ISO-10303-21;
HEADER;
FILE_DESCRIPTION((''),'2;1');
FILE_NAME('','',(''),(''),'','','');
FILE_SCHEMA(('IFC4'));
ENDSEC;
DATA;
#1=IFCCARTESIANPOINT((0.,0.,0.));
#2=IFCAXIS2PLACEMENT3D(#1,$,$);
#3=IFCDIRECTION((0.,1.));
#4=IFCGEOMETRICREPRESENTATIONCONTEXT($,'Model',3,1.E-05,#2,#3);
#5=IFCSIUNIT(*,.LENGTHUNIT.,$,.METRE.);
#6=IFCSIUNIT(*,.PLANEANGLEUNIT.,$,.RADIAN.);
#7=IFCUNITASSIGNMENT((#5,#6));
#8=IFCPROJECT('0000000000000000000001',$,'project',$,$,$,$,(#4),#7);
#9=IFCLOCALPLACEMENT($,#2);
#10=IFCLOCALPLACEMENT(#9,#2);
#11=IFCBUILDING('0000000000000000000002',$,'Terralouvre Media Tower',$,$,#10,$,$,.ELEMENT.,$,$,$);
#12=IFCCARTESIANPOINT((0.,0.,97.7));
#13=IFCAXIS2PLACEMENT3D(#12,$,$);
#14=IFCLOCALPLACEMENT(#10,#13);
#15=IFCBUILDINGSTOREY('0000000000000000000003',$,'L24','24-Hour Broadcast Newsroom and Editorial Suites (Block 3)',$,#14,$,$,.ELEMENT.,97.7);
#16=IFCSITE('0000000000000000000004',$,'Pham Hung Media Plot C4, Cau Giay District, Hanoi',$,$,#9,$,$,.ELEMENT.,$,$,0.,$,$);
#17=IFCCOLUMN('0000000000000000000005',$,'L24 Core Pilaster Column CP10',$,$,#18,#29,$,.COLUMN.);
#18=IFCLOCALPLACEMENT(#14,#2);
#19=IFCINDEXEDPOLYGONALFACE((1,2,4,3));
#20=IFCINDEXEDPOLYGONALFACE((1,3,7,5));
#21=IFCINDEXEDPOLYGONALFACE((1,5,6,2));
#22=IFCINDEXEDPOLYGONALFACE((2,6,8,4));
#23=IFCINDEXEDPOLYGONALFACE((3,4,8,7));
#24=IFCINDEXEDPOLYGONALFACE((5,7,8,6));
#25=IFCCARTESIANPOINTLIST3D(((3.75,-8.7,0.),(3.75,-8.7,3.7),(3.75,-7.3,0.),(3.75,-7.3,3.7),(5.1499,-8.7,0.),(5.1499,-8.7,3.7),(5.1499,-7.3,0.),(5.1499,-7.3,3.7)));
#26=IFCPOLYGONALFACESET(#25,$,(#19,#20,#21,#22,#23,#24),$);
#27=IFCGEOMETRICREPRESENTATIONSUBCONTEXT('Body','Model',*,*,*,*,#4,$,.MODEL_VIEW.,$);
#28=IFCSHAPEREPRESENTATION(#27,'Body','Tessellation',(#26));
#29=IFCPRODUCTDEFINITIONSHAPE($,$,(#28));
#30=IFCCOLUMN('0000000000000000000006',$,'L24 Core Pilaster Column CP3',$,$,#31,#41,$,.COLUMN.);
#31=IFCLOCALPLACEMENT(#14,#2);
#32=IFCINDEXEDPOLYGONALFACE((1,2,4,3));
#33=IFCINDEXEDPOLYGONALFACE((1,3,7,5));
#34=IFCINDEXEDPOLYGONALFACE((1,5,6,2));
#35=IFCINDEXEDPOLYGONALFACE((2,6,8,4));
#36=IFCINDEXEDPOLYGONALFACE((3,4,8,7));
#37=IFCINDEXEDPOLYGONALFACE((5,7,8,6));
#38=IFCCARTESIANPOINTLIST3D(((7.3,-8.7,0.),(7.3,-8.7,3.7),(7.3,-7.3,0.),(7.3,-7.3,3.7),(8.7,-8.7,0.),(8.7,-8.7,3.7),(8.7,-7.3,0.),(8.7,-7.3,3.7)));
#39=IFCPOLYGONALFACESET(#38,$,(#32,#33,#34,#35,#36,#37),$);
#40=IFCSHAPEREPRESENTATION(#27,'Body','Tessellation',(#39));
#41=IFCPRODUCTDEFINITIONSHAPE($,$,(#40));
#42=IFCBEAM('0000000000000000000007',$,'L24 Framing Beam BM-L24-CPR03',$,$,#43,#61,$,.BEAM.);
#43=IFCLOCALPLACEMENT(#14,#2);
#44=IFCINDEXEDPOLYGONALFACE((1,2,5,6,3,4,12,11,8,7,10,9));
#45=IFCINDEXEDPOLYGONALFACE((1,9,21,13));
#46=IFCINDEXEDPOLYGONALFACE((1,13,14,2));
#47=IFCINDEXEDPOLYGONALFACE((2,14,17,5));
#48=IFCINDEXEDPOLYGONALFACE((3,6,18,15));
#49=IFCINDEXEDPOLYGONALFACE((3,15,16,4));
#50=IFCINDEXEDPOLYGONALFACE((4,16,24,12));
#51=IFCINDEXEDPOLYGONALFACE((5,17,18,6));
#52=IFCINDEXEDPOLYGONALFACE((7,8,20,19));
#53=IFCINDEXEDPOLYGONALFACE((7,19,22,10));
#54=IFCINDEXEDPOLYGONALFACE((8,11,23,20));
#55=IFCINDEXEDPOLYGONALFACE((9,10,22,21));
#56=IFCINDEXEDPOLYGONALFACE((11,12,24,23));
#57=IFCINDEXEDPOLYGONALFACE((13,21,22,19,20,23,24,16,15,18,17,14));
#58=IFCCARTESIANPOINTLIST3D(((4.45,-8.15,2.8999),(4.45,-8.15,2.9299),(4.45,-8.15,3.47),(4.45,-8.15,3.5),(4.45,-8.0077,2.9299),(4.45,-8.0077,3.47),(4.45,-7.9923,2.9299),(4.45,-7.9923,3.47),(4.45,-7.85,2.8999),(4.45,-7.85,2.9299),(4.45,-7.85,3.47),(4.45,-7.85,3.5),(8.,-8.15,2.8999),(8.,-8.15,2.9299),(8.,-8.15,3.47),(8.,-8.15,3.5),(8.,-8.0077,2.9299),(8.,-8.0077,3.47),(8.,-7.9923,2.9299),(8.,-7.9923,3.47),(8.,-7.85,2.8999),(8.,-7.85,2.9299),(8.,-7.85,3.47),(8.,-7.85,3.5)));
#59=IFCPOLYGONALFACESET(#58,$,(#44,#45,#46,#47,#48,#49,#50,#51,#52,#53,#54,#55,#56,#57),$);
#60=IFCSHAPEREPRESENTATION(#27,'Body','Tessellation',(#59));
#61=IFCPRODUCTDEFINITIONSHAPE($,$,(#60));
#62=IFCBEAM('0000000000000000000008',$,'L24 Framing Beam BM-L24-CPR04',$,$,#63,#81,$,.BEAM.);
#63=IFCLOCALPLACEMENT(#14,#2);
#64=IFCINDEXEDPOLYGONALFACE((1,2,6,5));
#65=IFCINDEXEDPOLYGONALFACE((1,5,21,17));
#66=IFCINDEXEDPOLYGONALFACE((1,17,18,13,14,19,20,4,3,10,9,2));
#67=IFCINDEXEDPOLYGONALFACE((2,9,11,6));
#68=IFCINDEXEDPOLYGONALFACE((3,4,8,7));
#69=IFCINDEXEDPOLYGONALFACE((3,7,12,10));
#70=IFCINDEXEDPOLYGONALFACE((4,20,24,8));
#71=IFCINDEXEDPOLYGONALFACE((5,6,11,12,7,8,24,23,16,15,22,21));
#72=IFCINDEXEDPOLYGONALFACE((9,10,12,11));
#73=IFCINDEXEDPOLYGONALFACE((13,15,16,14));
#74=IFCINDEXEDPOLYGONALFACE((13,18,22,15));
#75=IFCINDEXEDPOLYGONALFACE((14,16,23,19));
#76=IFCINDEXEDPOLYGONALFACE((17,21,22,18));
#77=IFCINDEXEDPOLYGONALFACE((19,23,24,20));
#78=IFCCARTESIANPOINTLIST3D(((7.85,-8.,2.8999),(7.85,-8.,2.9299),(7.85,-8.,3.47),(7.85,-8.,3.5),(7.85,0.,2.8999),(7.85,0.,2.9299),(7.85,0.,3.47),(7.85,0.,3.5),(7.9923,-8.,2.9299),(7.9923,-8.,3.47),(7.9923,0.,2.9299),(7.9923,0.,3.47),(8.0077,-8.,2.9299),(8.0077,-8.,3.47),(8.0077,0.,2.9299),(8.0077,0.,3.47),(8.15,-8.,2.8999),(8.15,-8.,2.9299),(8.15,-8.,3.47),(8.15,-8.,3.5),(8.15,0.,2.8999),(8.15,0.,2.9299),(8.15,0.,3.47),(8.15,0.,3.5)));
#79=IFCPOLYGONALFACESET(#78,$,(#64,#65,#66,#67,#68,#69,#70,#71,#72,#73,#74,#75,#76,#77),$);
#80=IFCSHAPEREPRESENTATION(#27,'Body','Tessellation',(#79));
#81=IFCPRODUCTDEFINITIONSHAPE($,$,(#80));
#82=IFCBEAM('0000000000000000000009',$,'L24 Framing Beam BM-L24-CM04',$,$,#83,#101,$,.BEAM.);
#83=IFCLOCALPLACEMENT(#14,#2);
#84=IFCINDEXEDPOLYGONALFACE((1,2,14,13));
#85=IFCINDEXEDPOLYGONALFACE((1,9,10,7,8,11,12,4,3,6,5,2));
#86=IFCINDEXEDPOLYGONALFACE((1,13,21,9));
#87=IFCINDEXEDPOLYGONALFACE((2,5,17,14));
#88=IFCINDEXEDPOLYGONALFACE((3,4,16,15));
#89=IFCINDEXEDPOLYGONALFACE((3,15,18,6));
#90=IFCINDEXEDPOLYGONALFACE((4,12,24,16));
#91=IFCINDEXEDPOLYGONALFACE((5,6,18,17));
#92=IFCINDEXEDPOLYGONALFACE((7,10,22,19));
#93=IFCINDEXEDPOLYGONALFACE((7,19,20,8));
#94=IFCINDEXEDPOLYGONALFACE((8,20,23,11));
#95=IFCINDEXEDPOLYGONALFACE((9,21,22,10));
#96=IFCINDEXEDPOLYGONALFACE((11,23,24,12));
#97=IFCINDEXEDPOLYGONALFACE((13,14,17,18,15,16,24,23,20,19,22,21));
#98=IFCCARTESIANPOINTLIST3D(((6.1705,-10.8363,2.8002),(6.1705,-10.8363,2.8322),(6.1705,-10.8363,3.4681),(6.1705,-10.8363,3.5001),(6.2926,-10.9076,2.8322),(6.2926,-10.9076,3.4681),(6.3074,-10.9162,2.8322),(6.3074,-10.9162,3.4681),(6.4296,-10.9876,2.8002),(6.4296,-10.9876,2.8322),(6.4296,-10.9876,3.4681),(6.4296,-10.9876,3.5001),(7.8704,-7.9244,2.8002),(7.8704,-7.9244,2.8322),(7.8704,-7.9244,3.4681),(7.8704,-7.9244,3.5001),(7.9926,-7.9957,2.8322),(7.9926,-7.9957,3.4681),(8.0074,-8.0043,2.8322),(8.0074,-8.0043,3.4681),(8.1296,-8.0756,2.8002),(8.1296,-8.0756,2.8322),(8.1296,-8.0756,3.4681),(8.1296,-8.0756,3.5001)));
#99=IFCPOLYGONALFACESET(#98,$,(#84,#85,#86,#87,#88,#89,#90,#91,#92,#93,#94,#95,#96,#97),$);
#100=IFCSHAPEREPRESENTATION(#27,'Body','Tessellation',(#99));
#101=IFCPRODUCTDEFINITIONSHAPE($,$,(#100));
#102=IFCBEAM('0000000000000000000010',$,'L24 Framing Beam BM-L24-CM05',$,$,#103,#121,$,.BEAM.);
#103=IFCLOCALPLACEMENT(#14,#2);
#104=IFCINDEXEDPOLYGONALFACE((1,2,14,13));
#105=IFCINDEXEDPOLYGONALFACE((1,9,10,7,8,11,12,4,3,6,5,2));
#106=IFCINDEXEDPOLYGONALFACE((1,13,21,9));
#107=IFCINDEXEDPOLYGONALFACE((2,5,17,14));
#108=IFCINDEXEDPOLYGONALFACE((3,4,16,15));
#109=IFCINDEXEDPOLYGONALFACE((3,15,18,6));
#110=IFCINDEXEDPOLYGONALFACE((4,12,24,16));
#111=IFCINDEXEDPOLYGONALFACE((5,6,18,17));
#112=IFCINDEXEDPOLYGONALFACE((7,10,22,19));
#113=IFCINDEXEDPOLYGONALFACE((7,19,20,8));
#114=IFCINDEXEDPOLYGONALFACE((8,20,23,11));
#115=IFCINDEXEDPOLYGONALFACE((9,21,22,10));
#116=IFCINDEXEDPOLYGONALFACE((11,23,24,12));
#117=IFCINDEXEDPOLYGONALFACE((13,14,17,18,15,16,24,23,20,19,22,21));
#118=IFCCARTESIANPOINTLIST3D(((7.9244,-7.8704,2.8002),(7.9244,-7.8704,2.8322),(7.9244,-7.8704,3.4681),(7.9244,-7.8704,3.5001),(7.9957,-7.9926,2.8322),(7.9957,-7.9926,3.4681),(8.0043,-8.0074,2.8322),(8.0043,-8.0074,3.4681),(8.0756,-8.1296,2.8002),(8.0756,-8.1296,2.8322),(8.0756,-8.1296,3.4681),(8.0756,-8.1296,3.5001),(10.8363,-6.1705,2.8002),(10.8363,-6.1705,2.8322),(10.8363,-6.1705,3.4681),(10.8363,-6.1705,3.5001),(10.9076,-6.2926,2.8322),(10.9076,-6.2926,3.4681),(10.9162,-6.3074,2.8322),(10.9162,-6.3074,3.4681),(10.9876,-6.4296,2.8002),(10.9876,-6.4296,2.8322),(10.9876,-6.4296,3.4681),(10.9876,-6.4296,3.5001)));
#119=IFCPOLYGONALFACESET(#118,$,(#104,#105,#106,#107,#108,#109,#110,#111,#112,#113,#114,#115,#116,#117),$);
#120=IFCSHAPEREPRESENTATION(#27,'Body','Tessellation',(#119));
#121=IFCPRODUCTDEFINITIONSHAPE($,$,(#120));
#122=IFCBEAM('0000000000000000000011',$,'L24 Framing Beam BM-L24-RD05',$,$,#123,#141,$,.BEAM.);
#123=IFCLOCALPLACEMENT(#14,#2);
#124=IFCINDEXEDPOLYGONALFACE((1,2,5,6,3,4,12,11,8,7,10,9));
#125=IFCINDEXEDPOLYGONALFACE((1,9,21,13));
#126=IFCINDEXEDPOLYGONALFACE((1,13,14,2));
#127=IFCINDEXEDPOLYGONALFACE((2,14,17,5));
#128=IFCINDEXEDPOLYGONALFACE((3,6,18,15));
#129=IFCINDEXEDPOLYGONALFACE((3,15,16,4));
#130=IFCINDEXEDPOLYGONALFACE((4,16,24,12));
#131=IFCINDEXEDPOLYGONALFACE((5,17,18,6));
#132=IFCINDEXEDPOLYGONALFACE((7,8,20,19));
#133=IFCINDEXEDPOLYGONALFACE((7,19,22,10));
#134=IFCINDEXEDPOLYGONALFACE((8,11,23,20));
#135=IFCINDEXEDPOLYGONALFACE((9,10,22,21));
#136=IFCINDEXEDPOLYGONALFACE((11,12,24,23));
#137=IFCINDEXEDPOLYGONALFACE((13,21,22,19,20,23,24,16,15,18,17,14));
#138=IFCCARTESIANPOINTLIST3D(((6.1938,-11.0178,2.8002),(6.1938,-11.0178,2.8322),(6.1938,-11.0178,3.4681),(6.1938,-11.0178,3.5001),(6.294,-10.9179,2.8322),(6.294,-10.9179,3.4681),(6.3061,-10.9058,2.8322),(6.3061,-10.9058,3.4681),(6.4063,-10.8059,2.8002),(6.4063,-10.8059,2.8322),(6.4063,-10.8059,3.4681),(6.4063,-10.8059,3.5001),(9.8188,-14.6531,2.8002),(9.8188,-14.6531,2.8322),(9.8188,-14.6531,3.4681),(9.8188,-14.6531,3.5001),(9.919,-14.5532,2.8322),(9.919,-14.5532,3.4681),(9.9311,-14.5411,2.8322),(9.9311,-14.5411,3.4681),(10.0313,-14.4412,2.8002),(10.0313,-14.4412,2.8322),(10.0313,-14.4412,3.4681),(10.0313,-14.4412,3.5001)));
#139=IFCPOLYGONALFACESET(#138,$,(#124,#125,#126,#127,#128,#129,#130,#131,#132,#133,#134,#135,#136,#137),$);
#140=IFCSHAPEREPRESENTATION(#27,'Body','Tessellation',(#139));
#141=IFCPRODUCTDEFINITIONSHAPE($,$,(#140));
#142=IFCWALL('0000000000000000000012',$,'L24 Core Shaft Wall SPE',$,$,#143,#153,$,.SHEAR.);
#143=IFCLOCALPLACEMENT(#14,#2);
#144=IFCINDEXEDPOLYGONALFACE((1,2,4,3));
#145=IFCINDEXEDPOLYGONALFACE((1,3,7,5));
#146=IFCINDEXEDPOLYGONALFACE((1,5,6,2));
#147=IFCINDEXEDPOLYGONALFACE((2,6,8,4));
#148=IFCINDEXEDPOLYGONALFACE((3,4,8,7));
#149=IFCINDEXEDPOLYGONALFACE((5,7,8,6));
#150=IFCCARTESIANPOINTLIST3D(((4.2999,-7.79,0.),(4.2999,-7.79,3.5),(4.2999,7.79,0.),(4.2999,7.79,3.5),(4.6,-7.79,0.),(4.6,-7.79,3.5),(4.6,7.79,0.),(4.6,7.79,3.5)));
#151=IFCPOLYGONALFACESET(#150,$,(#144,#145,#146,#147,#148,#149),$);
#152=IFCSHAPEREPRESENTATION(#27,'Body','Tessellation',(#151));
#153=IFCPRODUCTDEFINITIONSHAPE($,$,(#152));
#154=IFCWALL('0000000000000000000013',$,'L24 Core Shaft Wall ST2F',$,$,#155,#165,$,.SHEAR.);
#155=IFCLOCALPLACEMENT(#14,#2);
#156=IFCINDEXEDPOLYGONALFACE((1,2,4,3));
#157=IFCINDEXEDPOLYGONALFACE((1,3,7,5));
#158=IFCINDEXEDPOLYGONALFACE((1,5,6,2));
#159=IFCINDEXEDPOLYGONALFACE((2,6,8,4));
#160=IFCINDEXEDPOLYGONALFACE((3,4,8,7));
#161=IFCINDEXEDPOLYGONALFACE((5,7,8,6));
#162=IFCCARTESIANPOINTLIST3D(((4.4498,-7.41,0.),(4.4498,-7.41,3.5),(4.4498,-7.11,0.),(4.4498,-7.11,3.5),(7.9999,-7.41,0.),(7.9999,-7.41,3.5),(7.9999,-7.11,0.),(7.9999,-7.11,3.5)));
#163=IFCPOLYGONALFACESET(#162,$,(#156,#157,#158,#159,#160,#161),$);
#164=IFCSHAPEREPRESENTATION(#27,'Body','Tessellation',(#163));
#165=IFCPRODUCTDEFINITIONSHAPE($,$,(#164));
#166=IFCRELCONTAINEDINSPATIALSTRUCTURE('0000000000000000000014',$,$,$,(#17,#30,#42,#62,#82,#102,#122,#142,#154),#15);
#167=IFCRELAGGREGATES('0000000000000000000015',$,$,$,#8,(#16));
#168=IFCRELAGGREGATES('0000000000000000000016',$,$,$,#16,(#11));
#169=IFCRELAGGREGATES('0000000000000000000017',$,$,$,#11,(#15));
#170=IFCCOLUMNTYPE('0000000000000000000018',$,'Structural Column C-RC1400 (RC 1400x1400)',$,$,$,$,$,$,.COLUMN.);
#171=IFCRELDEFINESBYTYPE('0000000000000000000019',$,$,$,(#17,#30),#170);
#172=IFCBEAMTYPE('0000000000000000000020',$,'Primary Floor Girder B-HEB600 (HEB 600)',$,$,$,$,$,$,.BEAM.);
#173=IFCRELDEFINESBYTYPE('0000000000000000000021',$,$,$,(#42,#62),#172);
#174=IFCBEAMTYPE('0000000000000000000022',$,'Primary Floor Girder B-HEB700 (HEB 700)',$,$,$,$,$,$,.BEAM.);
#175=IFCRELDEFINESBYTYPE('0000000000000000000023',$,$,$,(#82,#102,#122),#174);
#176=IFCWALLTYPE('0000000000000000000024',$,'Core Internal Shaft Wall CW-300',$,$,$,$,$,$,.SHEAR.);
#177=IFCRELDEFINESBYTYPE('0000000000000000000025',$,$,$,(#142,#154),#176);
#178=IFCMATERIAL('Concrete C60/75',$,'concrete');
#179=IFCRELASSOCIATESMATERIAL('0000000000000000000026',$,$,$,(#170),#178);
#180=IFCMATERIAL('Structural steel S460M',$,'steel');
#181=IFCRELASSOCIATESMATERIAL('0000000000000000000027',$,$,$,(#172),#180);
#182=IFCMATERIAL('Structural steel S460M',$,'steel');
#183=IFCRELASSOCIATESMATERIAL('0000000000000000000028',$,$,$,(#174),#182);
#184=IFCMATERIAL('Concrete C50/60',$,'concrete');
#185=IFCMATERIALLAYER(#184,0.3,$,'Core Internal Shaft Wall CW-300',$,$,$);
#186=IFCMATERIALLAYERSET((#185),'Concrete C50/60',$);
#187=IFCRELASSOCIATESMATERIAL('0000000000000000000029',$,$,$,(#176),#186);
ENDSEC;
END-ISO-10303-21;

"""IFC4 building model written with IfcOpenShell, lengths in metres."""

from ifc_helpers import new_model, si_unit, direction, frame, frame_2d, origin, origin_2d, place, context, subcontext, project, spatial, rectangle, i_section, extrude, material, layer, layer_set, material_profile, profile_set, type_object, element, save


model = new_model("IFC4")

# Units and contexts
model_context = context("Model", 3, precision=1e-05, world=origin(), true_north=direction((0.0, 1.0)))
body_context = subcontext(model_context, "Body", "Model", "MODEL_VIEW")
ifc_project = project(units=[si_unit("LENGTHUNIT", "METRE"), si_unit("PLANEANGLEUNIT", "RADIAN")], contexts=[model_context])

# Site, building, storey
site_placement = place(None, origin())
site = spatial("IfcSite", under=ifc_project, at=site_placement, Name="Pham Hung Media Plot C4, Cau Giay District, Hanoi", CompositionType="ELEMENT", RefElevation=0.0)
building_placement = place(site_placement, origin())
building = spatial("IfcBuilding", under=site, at=building_placement, Name="Terralouvre Media Tower", CompositionType="ELEMENT")
storey_placement = place(building_placement, frame((0.0, 0.0, 97.7)))
storey = spatial("IfcBuildingStorey", under=building, at=storey_placement, Name="L24", Description="24-Hour Broadcast Newsroom and Editorial Suites (Block 3)", CompositionType="ELEMENT", Elevation=97.7)

# Columns
ifc_material_1 = material(Name="Concrete C60/75", Category="concrete")
ifc_material_profile_1 = material_profile(ifc_material_1, rectangle(XDim=1.3999, YDim=1.3999, at=origin_2d()), Name="RC 1400x1400")
ifc_profile_set_1 = profile_set([ifc_material_profile_1], Name="Concrete C60/75")
column_type = type_object("IfcColumnType", Name="Structural Column C-RC1400 (RC 1400x1400)", PredefinedType="COLUMN", material=ifc_profile_set_1)
for number, where, z_axis, x_axis, name in (
    (1, (4.45, -8.0, 0.0), (0.0, 0.0, 1.0), (1.0, 0.0, 0.0), "L24 Core Pilaster Column CP10"),
    (2, (8.0, -8.0, 0.0), (0.0, 0.0, 1.0), (1.0, 0.0, 0.0), "L24 Core Pilaster Column CP3"),
):
    element("IfcColumn", number, at=place(storey_placement, frame(where, z_axis=z_axis, x_axis=x_axis)), inside=storey, type_object=column_type, Name=name, PredefinedType="COLUMN", context=body_context, shape_type="SweptSolid", body=[
        extrude(rectangle(XDim=1.3999, YDim=1.3999, at=origin_2d()), origin(), (0.0, 0.0, 1.0), 3.7),
    ])

# Beams
ifc_material_2 = material(Name="Structural steel S460M", Category="steel")
ifc_material_profile_2 = material_profile(ifc_material_2, i_section(OverallWidth=0.3, OverallDepth=0.6001, WebThickness=0.0154, FlangeThickness=0.03, at=origin_2d()), Name="HEB 600")
ifc_profile_set_2 = profile_set([ifc_material_profile_2], Name="Structural steel S460M")
beam_type_1 = type_object("IfcBeamType", Name="Primary Floor Girder B-HEB600 (HEB 600)", PredefinedType="BEAM", material=ifc_profile_set_2)
beam_1_placement = place(storey_placement, frame((4.45, -8.0, 3.2), z_axis=(1.0, 0.0, 0.0), x_axis=(0.0, 1.0, 0.0)))
element("IfcBeam", 3, at=beam_1_placement, inside=storey, type_object=beam_type_1, Name="L24 Framing Beam BM-L24-CPR03", PredefinedType="BEAM", context=body_context, shape_type="SweptSolid", body=[
    extrude(i_section(OverallWidth=0.3, OverallDepth=0.6001, WebThickness=0.0154, FlangeThickness=0.03, at=origin_2d()), origin(), (0.0, 0.0, 1.0), 3.55),
])
beam_2_placement = place(storey_placement, frame((8.0, -8.0, 3.2), z_axis=(0.0, 1.0, 0.0), x_axis=(-1.0, 0.0, 0.0)))
element("IfcBeam", 4, at=beam_2_placement, inside=storey, type_object=beam_type_1, Name="L24 Framing Beam BM-L24-CPR04", PredefinedType="BEAM", context=body_context, shape_type="SweptSolid", body=[
    extrude(i_section(OverallWidth=0.3, OverallDepth=0.6001, WebThickness=0.0154, FlangeThickness=0.03, at=origin_2d()), origin(), (0.0, 0.0, 1.0), 8.0),
])
ifc_material_3 = material(Name="Structural steel S460M", Category="steel")
ifc_material_profile_3 = material_profile(ifc_material_3, i_section(OverallWidth=0.3, OverallDepth=0.7, WebThickness=0.0171, FlangeThickness=0.032, at=origin_2d()), Name="HEB 700")
ifc_profile_set_3 = profile_set([ifc_material_profile_3], Name="Structural steel S460M")
beam_type_2 = type_object("IfcBeamType", Name="Primary Floor Girder B-HEB700 (HEB 700)", PredefinedType="BEAM", material=ifc_profile_set_3)
for number, where, z_axis, x_axis, name in (
    (5, (8.0, -8.0, 3.1501), (-0.504173, -0.863603, 0.0), (0.863603, -0.504173, 0.0), "L24 Framing Beam BM-L24-CM04"),
    (6, (8.0, -8.0, 3.1501), (0.863603, 0.504173, 0.0), (-0.504173, 0.863603, 0.0), "L24 Framing Beam BM-L24-CM05"),
):
    element("IfcBeam", number, at=place(storey_placement, frame(where, z_axis=z_axis, x_axis=x_axis)), inside=storey, type_object=beam_type_2, Name=name, PredefinedType="BEAM", context=body_context, shape_type="SweptSolid", body=[
        extrude(i_section(OverallWidth=0.3, OverallDepth=0.7, WebThickness=0.0171, FlangeThickness=0.032, at=origin_2d()), origin(), (0.0, 0.0, 1.0), 3.3718),
    ])
beam_3_placement = place(storey_placement, frame((6.3, -10.9119, 3.1501), z_axis=(0.706107, -0.708105, 0.0), x_axis=(0.708105, 0.706107, 0.0)))
element("IfcBeam", 7, at=beam_3_placement, inside=storey, type_object=beam_type_2, Name="L24 Framing Beam BM-L24-RD05", PredefinedType="BEAM", context=body_context, shape_type="SweptSolid", body=[
    extrude(i_section(OverallWidth=0.3, OverallDepth=0.7, WebThickness=0.0171, FlangeThickness=0.032, at=origin_2d()), origin(), (0.0, 0.0, 1.0), 5.1338),
])

# Walls
ifc_material_4 = material(Name="Concrete C50/60", Category="concrete")
ifc_layer_1 = layer(ifc_material_4, 0.3, Name="Core Internal Shaft Wall CW-300")
ifc_layer_set_1 = layer_set([ifc_layer_1], Name="Concrete C50/60")
wall_type_1 = type_object("IfcWallType", Name="Core Internal Shaft Wall CW-300", PredefinedType="SHEAR", material=ifc_layer_set_1)
wall_1_placement = place(storey_placement, frame((4.45, -7.79, 0.0), z_axis=(0.0, 0.0, 1.0), x_axis=(0.0, 1.0, 0.0)))
element("IfcWall", 8, at=wall_1_placement, inside=storey, type_object=wall_type_1, Name="L24 Core Shaft Wall SPE", PredefinedType="SHEAR", context=body_context, shape_type="SweptSolid", body=[
    extrude(rectangle(XDim=15.5801, YDim=0.3, at=frame_2d((7.79, 0.0))), origin(), (0.0, 0.0, 1.0), 3.5),
])
wall_2_placement = place(storey_placement, frame((4.45, -7.26, 0.0), z_axis=(0.0, 0.0, 1.0), x_axis=(1.0, 0.0, 0.0)))
element("IfcWall", 9, at=wall_2_placement, inside=storey, type_object=wall_type_1, Name="L24 Core Shaft Wall ST2F", PredefinedType="SHEAR", context=body_context, shape_type="SweptSolid", body=[
    extrude(rectangle(XDim=3.55, YDim=0.3, at=frame_2d((1.7749, 0.0))), origin(), (0.0, 0.0, 1.0), 3.5),
])

save(model, "model.ifc")
